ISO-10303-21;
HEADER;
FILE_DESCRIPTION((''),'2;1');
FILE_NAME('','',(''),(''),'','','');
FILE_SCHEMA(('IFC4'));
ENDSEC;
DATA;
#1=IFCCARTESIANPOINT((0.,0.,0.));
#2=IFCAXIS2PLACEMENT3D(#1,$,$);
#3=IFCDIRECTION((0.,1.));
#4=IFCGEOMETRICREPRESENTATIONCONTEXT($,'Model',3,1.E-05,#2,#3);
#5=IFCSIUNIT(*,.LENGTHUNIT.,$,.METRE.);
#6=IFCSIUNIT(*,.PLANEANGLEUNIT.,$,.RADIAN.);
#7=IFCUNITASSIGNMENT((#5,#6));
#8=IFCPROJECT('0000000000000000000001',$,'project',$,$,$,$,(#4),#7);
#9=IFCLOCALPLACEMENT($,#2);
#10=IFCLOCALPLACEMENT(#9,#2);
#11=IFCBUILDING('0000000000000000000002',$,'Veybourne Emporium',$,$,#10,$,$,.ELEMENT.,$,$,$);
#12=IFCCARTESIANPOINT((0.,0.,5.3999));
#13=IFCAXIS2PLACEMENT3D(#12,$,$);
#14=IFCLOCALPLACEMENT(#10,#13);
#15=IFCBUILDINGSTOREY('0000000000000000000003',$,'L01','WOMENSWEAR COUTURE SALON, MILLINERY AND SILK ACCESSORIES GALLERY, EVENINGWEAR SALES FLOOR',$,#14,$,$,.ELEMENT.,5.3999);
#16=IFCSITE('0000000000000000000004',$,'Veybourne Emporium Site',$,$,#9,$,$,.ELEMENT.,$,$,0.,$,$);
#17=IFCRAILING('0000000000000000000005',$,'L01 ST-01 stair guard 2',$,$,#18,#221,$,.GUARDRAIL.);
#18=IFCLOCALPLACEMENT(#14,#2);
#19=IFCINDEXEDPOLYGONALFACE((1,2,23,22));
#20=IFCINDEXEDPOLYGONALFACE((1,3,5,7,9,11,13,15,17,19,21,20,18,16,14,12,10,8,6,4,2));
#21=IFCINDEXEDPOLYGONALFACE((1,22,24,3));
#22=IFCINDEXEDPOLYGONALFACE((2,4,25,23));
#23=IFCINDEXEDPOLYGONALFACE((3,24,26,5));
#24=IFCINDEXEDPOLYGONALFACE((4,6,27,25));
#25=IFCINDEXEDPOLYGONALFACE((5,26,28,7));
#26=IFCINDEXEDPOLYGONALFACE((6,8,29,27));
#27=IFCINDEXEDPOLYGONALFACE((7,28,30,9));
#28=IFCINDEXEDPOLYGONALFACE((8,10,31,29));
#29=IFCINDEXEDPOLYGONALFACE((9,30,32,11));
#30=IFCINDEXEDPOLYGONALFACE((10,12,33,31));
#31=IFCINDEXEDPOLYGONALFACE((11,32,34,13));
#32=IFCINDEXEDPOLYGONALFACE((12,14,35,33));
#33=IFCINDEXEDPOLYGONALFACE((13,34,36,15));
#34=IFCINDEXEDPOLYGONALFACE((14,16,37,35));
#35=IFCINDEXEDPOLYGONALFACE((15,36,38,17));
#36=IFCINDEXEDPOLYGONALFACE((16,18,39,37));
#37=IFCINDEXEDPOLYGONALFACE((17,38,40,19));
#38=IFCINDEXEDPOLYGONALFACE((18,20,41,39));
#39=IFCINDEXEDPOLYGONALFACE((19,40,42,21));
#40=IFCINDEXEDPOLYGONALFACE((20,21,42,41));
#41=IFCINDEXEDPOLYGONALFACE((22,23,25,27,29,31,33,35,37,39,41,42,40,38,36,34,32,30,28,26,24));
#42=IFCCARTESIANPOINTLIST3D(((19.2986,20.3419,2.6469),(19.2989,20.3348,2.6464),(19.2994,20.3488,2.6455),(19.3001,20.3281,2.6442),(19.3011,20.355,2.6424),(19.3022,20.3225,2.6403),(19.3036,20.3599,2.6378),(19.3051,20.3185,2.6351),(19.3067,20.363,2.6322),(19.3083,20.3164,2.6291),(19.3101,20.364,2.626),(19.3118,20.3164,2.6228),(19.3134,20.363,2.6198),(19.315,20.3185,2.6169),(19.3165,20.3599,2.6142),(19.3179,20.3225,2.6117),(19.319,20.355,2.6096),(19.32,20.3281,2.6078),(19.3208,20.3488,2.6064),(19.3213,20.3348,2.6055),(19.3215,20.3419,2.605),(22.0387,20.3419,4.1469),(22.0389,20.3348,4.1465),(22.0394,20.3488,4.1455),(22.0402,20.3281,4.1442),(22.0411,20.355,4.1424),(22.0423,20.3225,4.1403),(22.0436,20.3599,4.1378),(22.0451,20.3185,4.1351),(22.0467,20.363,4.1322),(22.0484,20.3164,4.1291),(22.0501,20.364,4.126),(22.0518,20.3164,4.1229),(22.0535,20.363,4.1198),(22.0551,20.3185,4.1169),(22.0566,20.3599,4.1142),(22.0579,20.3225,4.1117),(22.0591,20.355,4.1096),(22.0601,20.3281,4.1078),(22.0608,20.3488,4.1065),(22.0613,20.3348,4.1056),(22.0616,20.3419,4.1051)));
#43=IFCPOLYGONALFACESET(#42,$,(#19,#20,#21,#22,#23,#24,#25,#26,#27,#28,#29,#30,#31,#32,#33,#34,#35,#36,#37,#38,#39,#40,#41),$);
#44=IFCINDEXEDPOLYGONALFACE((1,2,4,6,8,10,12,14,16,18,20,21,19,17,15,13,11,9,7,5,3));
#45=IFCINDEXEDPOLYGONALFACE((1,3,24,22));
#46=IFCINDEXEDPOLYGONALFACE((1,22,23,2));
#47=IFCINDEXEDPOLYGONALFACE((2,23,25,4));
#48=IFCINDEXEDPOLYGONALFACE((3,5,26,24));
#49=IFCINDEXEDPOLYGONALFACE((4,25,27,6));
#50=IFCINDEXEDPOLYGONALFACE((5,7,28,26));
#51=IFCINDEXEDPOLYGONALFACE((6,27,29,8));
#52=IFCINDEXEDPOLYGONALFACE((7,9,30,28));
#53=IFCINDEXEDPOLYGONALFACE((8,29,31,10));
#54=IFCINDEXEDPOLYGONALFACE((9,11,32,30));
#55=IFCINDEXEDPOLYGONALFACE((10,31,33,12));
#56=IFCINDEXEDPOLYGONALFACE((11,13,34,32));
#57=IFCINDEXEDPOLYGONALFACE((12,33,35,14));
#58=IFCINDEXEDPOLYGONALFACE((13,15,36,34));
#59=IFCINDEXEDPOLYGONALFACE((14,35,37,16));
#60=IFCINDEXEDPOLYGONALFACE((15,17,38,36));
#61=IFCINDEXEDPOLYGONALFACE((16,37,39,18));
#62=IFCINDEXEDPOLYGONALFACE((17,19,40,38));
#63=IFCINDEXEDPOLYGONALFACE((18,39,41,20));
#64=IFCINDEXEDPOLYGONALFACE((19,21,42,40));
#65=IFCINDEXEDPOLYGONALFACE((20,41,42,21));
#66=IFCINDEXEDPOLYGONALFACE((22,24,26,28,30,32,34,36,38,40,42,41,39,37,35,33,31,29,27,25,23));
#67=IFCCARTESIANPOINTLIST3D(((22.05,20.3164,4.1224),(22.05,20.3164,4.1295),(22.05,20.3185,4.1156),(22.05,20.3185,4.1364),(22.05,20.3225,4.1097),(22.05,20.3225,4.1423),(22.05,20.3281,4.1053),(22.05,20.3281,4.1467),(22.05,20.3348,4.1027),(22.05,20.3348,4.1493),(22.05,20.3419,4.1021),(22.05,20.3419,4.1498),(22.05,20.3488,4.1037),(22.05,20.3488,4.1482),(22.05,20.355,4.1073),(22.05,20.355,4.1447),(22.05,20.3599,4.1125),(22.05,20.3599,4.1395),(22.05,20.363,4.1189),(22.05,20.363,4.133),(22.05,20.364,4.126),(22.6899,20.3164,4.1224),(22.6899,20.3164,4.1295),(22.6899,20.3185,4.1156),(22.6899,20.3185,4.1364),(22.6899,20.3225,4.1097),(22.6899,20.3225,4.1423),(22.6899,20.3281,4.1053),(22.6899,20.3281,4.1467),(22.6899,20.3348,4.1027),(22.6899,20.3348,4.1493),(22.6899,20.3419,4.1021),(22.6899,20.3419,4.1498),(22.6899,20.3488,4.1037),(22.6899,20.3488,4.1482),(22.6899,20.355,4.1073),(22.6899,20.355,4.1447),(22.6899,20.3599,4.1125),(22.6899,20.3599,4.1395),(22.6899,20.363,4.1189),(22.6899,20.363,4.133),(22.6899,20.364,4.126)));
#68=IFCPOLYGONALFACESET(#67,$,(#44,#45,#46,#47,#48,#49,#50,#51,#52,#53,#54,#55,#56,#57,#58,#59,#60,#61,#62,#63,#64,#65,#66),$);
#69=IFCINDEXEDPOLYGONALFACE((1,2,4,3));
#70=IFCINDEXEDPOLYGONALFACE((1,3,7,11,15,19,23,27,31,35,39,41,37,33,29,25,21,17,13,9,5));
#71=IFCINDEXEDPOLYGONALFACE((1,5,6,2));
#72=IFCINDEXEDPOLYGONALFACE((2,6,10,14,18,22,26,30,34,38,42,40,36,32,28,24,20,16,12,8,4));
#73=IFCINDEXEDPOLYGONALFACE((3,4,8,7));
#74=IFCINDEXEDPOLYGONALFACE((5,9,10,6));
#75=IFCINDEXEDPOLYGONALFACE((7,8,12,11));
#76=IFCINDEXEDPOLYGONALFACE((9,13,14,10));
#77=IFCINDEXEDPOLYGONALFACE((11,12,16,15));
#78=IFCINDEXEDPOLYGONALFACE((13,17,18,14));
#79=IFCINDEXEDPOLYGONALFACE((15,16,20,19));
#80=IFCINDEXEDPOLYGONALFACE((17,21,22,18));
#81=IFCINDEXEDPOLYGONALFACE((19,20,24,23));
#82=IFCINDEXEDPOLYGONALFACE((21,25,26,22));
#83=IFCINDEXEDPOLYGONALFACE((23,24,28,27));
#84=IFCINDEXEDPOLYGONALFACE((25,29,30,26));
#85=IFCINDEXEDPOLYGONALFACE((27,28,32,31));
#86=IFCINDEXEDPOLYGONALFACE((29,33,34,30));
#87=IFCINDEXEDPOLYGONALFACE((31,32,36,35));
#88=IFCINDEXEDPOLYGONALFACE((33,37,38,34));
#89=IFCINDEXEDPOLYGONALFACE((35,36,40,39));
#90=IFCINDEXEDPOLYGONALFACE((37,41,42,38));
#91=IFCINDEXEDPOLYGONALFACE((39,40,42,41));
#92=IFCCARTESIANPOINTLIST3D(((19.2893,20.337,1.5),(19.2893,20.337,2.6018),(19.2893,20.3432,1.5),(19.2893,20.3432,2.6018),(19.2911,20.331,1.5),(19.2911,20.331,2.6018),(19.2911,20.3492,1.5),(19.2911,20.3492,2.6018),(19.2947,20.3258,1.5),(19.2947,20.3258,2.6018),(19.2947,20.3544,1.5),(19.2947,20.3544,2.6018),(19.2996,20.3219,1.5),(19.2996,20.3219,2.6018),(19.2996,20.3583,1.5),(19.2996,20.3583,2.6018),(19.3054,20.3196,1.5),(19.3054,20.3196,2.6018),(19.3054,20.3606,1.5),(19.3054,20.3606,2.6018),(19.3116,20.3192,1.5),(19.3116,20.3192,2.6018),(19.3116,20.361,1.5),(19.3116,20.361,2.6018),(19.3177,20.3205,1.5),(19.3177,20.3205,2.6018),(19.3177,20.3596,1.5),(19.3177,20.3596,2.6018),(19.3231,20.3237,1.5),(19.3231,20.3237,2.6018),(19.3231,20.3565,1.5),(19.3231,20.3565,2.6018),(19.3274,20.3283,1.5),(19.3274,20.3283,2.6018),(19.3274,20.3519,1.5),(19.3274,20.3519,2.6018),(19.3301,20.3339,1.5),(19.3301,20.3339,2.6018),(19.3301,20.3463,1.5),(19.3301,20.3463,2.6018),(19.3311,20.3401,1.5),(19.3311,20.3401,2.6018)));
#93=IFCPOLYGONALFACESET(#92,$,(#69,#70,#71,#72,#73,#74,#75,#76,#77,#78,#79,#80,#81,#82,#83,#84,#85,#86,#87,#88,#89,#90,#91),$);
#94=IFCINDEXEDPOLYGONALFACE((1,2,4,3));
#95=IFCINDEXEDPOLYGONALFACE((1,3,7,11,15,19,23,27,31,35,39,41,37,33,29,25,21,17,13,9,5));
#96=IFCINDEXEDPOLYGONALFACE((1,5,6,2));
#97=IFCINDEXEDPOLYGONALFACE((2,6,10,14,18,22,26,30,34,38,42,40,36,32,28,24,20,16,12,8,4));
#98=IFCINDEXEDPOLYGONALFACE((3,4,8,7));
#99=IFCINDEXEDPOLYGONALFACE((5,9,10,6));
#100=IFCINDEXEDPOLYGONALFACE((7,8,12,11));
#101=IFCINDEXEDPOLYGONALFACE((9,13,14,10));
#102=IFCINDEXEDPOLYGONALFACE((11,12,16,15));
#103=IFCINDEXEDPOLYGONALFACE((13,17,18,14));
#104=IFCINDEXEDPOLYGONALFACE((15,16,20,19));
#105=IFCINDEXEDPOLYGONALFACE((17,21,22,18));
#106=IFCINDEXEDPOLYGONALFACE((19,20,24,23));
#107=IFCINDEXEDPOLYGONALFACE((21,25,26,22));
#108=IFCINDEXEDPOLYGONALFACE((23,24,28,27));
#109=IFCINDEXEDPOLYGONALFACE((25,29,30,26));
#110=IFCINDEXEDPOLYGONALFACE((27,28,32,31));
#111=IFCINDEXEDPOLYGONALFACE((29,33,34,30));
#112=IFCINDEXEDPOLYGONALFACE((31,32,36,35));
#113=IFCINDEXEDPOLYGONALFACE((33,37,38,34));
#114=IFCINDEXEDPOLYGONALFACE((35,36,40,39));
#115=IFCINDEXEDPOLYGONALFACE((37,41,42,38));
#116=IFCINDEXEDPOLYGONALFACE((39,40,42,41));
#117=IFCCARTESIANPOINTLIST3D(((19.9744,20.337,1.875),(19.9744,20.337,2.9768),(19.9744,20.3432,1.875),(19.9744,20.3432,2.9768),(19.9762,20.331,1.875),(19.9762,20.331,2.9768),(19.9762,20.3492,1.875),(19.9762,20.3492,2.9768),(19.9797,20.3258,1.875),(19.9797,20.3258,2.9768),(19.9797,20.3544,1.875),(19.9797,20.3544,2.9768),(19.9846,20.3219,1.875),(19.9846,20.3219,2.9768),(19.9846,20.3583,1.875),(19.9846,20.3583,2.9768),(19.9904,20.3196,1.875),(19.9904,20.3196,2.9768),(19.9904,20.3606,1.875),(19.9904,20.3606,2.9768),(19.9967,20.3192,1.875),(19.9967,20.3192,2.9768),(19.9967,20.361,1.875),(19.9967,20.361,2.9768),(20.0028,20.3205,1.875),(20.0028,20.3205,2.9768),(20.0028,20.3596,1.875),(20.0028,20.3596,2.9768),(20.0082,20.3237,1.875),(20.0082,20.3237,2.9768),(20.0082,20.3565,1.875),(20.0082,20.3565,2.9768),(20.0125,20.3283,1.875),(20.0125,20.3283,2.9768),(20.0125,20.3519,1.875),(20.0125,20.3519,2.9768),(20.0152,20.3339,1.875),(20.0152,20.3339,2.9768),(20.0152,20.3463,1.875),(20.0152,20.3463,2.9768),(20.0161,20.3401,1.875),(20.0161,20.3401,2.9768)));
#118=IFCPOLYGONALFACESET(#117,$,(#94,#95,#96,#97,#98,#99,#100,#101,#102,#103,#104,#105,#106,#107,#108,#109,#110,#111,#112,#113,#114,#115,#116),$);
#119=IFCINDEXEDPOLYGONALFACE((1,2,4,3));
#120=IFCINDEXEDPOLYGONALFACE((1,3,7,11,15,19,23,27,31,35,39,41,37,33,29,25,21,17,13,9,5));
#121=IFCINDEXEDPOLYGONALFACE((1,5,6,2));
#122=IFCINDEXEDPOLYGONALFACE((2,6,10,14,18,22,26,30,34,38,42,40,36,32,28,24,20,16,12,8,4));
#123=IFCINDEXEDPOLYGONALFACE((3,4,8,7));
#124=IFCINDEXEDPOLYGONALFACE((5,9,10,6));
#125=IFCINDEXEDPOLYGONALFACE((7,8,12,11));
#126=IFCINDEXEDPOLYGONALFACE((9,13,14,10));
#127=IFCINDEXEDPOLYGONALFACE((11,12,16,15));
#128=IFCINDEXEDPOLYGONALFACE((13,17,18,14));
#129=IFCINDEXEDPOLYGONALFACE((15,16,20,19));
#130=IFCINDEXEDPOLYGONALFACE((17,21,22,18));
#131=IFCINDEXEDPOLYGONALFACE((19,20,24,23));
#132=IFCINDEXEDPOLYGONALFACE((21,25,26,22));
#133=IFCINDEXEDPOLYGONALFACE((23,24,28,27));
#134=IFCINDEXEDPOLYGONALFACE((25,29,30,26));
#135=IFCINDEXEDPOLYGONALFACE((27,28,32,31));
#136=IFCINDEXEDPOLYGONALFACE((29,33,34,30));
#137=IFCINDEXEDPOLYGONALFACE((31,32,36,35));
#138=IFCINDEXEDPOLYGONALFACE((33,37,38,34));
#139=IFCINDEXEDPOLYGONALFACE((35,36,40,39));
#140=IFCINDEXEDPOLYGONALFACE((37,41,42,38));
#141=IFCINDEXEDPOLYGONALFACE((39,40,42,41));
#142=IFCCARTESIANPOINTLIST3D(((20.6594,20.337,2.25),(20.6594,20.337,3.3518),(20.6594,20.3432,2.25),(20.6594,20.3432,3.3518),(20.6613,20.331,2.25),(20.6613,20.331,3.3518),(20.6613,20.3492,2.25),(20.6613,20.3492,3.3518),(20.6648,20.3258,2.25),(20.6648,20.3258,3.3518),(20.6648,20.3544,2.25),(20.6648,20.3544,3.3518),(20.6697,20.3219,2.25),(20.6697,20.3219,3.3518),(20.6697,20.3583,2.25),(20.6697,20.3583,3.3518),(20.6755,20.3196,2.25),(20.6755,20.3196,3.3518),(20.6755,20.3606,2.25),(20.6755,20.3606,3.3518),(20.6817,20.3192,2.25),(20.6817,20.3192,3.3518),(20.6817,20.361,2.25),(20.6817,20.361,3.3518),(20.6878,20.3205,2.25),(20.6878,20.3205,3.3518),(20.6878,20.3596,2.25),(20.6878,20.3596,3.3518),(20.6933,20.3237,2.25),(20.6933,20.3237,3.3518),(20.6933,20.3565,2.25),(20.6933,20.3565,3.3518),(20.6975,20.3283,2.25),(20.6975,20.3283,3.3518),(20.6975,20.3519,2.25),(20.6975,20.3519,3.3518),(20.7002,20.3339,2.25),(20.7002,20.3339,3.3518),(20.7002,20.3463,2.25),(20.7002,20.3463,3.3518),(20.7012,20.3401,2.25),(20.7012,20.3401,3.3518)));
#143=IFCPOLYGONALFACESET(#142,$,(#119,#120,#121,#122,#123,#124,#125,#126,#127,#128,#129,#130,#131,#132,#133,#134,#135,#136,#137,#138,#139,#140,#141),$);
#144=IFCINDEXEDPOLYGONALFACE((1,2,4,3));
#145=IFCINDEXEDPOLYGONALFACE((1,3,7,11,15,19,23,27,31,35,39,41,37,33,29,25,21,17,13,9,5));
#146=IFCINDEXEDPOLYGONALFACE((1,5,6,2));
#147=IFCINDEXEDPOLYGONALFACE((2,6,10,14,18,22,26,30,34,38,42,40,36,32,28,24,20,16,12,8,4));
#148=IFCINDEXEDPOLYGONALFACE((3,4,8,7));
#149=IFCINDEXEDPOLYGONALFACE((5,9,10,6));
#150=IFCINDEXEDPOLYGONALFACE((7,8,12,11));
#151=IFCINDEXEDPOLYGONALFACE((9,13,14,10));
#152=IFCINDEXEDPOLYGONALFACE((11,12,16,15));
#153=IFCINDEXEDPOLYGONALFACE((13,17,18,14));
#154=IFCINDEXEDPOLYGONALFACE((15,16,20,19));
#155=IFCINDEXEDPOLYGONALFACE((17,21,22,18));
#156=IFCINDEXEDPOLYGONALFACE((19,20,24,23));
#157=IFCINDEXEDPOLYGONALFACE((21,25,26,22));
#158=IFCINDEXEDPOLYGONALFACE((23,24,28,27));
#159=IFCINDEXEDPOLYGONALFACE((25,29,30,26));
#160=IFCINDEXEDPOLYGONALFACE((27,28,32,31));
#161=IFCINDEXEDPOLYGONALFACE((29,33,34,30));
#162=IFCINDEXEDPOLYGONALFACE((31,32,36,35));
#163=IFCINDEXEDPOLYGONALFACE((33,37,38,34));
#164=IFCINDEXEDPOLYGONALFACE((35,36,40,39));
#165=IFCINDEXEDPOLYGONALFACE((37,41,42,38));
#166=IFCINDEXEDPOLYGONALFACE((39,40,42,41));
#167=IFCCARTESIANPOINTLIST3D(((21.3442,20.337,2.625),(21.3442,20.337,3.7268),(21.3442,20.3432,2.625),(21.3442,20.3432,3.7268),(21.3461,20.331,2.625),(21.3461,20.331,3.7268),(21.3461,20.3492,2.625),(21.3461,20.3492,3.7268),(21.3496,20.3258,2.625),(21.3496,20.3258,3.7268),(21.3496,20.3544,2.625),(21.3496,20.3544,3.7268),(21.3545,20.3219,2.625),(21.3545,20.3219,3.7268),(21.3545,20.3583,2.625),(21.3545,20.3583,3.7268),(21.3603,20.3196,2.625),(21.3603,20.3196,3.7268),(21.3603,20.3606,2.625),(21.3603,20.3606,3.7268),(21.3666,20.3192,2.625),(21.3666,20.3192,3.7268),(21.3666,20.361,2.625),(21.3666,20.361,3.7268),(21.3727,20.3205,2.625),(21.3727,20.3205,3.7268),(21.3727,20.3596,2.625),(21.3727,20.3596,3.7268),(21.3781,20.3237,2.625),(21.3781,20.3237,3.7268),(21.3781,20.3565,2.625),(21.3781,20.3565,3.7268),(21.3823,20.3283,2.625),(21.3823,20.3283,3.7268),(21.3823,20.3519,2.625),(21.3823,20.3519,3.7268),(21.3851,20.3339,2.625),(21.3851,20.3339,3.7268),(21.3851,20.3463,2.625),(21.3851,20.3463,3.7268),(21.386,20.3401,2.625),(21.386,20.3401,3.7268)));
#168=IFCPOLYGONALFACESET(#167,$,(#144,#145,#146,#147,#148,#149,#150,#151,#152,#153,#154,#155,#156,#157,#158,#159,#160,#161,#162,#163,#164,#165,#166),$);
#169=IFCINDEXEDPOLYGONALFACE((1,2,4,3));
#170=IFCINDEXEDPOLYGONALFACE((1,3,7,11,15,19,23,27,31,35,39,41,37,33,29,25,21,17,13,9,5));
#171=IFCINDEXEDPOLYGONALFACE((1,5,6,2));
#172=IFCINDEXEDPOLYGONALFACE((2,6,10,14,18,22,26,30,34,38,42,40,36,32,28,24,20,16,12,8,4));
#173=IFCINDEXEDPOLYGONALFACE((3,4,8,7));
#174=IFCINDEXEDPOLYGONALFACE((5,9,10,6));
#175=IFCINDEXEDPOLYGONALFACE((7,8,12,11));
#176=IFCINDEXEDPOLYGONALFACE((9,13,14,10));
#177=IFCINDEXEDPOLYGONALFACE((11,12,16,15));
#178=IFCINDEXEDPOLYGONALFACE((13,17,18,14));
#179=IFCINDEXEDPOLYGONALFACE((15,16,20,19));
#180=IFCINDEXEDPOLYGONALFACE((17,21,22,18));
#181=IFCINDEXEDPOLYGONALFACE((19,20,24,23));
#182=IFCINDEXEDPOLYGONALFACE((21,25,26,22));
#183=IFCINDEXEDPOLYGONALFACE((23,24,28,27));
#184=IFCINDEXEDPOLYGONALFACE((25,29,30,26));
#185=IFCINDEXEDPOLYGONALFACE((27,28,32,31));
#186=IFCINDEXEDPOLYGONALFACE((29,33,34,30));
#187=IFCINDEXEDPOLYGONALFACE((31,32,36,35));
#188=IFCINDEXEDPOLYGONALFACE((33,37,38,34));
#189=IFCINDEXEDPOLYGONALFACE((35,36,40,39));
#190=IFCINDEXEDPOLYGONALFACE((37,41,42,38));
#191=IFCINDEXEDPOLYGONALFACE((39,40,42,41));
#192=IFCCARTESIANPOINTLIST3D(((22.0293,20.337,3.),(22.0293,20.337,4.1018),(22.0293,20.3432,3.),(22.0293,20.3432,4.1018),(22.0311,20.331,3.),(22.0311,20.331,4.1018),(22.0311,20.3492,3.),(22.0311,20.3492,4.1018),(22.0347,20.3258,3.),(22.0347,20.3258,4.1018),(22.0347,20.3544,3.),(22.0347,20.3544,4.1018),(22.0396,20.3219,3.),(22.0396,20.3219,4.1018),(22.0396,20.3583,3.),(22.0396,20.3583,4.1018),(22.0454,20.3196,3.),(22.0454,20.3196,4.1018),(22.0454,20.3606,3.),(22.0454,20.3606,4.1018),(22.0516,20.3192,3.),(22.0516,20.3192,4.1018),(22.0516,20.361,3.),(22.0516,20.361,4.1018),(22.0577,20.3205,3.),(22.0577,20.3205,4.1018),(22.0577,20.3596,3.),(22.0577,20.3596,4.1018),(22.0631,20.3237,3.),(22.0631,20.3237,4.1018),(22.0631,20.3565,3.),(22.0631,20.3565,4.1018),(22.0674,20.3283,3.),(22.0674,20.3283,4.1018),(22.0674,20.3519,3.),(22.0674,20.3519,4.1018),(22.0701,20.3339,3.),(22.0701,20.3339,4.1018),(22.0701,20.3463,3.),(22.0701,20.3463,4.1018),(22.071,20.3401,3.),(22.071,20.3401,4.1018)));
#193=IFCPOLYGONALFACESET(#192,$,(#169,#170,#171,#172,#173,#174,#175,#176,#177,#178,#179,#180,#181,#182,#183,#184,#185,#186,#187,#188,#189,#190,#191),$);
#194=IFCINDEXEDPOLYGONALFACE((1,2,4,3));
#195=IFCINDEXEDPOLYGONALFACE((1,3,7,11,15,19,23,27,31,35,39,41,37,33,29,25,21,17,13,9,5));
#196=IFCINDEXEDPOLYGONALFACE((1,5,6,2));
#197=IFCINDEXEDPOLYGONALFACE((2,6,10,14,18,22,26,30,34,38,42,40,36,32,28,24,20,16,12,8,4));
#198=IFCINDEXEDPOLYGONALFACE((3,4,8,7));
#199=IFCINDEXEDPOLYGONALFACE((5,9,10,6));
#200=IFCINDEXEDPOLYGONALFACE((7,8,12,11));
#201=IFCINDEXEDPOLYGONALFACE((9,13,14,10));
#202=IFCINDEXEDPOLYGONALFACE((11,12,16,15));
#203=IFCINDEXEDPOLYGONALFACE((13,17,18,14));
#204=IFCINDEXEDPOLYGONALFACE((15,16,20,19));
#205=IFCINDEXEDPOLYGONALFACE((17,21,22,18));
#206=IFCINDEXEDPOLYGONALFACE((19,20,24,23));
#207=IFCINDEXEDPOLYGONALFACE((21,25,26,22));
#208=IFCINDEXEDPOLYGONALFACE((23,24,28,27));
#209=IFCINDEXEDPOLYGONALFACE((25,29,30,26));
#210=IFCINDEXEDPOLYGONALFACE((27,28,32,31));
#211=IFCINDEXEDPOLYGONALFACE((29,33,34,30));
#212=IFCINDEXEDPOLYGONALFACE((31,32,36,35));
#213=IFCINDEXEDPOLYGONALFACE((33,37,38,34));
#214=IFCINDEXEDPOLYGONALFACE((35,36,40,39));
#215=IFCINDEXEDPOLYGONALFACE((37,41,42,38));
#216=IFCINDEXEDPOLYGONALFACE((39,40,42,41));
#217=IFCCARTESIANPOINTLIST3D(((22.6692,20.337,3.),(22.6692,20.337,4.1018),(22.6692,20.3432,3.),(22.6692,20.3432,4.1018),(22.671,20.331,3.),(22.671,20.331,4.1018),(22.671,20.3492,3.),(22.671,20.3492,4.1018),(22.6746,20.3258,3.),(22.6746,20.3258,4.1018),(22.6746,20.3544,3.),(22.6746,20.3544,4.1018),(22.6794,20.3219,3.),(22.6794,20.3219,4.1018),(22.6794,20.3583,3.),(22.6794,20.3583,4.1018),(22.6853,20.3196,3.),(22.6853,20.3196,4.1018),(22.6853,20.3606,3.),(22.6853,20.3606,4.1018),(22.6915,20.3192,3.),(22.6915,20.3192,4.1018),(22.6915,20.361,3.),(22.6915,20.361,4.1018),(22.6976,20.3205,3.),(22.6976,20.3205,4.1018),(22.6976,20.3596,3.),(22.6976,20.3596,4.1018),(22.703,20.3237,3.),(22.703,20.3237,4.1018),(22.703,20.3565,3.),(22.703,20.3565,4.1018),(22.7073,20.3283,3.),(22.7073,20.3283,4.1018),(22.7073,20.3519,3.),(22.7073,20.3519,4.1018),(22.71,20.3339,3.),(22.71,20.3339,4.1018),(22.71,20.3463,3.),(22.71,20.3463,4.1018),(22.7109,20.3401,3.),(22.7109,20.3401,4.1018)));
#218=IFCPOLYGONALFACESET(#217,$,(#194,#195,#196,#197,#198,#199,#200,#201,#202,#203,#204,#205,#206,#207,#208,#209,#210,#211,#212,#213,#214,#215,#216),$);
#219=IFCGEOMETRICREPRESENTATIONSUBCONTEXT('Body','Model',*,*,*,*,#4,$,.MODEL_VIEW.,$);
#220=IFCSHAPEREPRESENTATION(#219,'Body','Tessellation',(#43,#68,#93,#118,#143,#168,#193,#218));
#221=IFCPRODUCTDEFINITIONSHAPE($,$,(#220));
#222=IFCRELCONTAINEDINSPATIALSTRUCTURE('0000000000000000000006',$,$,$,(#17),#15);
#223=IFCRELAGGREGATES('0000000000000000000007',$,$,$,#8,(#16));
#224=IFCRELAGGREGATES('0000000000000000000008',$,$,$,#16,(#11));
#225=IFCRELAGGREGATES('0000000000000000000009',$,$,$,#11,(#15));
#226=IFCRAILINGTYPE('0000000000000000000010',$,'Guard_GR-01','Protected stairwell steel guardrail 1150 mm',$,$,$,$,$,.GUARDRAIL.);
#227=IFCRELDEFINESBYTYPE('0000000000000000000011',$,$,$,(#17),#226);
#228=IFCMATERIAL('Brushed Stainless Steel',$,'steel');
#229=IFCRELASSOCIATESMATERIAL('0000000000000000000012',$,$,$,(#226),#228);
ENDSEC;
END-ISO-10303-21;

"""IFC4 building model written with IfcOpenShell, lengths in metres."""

from ifc_helpers import new_model, si_unit, direction, frame, origin, origin_2d, place, context, subcontext, project, spatial, circle, extrude, material, type_object, element, save


model = new_model("IFC4")

# Units and contexts
model_context = context("Model", 3, precision=1e-05, world=origin(), true_north=direction((0.0, 1.0)))
body_context = subcontext(model_context, "Body", "Model", "MODEL_VIEW")
ifc_project = project(units=[si_unit("LENGTHUNIT", "METRE"), si_unit("PLANEANGLEUNIT", "RADIAN")], contexts=[model_context])

# Site, building, storey
site_placement = place(None, origin())
site = spatial("IfcSite", under=ifc_project, at=site_placement, Name="Veybourne Emporium Site", CompositionType="ELEMENT", RefElevation=0.0)
building_placement = place(site_placement, origin())
building = spatial("IfcBuilding", under=site, at=building_placement, Name="Veybourne Emporium", CompositionType="ELEMENT")
storey_placement = place(building_placement, frame((0.0, 0.0, 5.3999)))
storey = spatial("IfcBuildingStorey", under=building, at=storey_placement, Name="L01", Description="WOMENSWEAR COUTURE SALON, MILLINERY AND SILK ACCESSORIES GALLERY, EVENINGWEAR SALES FLOOR", CompositionType="ELEMENT", Elevation=5.3999)

# Railing
ifc_material_1 = material(Name="Brushed Stainless Steel", Category="steel")
railing_type_1 = type_object("IfcRailingType", Name="Guard_GR-01", Description="Protected stairwell steel guardrail 1150 mm", PredefinedType="GUARDRAIL", material=ifc_material_1)
railing_1_placement = place(storey_placement, frame((19.3101, 20.3401, 1.5)))
element("IfcRailing", 1, at=railing_1_placement, inside=storey, type_object=railing_type_1, Name="L01 ST-01 stair guard 2", PredefinedType="GUARDRAIL", context=body_context, shape_type="SweptSolid", body=[
    extrude(circle(Radius=0.0239, at=origin_2d()), frame((0.0, 0.0, 1.126), z_axis=(0.87716, 0.0, 0.480199), x_axis=(0.0, 1.0, 0.0)), (0.0, 0.0, 1.0), 3.1238),
    extrude(circle(Radius=0.0239, at=origin_2d()), frame((2.74, 0.0, 2.626), z_axis=(1.0, 0.0, 0.0), x_axis=(0.0, 1.0, 0.0)), (0.0, 0.0, 1.0), 0.6399),
    extrude(circle(Radius=0.021, at=origin_2d()), origin(), (0.0, 0.0, 1.0), 1.1018),
    extrude(circle(Radius=0.021, at=origin_2d()), frame((0.6851, 0.0, 0.375)), (0.0, 0.0, 1.0), 1.1018),
    extrude(circle(Radius=0.021, at=origin_2d()), frame((1.3701, 0.0, 0.75)), (0.0, 0.0, 1.0), 1.1018),
    extrude(circle(Radius=0.021, at=origin_2d()), frame((2.0549, 0.0, 1.125)), (0.0, 0.0, 1.0), 1.1018),
    extrude(circle(Radius=0.021, at=origin_2d()), frame((2.74, 0.0, 1.5)), (0.0, 0.0, 1.0), 1.1018),
    extrude(circle(Radius=0.021, at=origin_2d()), frame((3.3799, 0.0, 1.5)), (0.0, 0.0, 1.0), 1.1018),
])

save(model, "model.ifc")
